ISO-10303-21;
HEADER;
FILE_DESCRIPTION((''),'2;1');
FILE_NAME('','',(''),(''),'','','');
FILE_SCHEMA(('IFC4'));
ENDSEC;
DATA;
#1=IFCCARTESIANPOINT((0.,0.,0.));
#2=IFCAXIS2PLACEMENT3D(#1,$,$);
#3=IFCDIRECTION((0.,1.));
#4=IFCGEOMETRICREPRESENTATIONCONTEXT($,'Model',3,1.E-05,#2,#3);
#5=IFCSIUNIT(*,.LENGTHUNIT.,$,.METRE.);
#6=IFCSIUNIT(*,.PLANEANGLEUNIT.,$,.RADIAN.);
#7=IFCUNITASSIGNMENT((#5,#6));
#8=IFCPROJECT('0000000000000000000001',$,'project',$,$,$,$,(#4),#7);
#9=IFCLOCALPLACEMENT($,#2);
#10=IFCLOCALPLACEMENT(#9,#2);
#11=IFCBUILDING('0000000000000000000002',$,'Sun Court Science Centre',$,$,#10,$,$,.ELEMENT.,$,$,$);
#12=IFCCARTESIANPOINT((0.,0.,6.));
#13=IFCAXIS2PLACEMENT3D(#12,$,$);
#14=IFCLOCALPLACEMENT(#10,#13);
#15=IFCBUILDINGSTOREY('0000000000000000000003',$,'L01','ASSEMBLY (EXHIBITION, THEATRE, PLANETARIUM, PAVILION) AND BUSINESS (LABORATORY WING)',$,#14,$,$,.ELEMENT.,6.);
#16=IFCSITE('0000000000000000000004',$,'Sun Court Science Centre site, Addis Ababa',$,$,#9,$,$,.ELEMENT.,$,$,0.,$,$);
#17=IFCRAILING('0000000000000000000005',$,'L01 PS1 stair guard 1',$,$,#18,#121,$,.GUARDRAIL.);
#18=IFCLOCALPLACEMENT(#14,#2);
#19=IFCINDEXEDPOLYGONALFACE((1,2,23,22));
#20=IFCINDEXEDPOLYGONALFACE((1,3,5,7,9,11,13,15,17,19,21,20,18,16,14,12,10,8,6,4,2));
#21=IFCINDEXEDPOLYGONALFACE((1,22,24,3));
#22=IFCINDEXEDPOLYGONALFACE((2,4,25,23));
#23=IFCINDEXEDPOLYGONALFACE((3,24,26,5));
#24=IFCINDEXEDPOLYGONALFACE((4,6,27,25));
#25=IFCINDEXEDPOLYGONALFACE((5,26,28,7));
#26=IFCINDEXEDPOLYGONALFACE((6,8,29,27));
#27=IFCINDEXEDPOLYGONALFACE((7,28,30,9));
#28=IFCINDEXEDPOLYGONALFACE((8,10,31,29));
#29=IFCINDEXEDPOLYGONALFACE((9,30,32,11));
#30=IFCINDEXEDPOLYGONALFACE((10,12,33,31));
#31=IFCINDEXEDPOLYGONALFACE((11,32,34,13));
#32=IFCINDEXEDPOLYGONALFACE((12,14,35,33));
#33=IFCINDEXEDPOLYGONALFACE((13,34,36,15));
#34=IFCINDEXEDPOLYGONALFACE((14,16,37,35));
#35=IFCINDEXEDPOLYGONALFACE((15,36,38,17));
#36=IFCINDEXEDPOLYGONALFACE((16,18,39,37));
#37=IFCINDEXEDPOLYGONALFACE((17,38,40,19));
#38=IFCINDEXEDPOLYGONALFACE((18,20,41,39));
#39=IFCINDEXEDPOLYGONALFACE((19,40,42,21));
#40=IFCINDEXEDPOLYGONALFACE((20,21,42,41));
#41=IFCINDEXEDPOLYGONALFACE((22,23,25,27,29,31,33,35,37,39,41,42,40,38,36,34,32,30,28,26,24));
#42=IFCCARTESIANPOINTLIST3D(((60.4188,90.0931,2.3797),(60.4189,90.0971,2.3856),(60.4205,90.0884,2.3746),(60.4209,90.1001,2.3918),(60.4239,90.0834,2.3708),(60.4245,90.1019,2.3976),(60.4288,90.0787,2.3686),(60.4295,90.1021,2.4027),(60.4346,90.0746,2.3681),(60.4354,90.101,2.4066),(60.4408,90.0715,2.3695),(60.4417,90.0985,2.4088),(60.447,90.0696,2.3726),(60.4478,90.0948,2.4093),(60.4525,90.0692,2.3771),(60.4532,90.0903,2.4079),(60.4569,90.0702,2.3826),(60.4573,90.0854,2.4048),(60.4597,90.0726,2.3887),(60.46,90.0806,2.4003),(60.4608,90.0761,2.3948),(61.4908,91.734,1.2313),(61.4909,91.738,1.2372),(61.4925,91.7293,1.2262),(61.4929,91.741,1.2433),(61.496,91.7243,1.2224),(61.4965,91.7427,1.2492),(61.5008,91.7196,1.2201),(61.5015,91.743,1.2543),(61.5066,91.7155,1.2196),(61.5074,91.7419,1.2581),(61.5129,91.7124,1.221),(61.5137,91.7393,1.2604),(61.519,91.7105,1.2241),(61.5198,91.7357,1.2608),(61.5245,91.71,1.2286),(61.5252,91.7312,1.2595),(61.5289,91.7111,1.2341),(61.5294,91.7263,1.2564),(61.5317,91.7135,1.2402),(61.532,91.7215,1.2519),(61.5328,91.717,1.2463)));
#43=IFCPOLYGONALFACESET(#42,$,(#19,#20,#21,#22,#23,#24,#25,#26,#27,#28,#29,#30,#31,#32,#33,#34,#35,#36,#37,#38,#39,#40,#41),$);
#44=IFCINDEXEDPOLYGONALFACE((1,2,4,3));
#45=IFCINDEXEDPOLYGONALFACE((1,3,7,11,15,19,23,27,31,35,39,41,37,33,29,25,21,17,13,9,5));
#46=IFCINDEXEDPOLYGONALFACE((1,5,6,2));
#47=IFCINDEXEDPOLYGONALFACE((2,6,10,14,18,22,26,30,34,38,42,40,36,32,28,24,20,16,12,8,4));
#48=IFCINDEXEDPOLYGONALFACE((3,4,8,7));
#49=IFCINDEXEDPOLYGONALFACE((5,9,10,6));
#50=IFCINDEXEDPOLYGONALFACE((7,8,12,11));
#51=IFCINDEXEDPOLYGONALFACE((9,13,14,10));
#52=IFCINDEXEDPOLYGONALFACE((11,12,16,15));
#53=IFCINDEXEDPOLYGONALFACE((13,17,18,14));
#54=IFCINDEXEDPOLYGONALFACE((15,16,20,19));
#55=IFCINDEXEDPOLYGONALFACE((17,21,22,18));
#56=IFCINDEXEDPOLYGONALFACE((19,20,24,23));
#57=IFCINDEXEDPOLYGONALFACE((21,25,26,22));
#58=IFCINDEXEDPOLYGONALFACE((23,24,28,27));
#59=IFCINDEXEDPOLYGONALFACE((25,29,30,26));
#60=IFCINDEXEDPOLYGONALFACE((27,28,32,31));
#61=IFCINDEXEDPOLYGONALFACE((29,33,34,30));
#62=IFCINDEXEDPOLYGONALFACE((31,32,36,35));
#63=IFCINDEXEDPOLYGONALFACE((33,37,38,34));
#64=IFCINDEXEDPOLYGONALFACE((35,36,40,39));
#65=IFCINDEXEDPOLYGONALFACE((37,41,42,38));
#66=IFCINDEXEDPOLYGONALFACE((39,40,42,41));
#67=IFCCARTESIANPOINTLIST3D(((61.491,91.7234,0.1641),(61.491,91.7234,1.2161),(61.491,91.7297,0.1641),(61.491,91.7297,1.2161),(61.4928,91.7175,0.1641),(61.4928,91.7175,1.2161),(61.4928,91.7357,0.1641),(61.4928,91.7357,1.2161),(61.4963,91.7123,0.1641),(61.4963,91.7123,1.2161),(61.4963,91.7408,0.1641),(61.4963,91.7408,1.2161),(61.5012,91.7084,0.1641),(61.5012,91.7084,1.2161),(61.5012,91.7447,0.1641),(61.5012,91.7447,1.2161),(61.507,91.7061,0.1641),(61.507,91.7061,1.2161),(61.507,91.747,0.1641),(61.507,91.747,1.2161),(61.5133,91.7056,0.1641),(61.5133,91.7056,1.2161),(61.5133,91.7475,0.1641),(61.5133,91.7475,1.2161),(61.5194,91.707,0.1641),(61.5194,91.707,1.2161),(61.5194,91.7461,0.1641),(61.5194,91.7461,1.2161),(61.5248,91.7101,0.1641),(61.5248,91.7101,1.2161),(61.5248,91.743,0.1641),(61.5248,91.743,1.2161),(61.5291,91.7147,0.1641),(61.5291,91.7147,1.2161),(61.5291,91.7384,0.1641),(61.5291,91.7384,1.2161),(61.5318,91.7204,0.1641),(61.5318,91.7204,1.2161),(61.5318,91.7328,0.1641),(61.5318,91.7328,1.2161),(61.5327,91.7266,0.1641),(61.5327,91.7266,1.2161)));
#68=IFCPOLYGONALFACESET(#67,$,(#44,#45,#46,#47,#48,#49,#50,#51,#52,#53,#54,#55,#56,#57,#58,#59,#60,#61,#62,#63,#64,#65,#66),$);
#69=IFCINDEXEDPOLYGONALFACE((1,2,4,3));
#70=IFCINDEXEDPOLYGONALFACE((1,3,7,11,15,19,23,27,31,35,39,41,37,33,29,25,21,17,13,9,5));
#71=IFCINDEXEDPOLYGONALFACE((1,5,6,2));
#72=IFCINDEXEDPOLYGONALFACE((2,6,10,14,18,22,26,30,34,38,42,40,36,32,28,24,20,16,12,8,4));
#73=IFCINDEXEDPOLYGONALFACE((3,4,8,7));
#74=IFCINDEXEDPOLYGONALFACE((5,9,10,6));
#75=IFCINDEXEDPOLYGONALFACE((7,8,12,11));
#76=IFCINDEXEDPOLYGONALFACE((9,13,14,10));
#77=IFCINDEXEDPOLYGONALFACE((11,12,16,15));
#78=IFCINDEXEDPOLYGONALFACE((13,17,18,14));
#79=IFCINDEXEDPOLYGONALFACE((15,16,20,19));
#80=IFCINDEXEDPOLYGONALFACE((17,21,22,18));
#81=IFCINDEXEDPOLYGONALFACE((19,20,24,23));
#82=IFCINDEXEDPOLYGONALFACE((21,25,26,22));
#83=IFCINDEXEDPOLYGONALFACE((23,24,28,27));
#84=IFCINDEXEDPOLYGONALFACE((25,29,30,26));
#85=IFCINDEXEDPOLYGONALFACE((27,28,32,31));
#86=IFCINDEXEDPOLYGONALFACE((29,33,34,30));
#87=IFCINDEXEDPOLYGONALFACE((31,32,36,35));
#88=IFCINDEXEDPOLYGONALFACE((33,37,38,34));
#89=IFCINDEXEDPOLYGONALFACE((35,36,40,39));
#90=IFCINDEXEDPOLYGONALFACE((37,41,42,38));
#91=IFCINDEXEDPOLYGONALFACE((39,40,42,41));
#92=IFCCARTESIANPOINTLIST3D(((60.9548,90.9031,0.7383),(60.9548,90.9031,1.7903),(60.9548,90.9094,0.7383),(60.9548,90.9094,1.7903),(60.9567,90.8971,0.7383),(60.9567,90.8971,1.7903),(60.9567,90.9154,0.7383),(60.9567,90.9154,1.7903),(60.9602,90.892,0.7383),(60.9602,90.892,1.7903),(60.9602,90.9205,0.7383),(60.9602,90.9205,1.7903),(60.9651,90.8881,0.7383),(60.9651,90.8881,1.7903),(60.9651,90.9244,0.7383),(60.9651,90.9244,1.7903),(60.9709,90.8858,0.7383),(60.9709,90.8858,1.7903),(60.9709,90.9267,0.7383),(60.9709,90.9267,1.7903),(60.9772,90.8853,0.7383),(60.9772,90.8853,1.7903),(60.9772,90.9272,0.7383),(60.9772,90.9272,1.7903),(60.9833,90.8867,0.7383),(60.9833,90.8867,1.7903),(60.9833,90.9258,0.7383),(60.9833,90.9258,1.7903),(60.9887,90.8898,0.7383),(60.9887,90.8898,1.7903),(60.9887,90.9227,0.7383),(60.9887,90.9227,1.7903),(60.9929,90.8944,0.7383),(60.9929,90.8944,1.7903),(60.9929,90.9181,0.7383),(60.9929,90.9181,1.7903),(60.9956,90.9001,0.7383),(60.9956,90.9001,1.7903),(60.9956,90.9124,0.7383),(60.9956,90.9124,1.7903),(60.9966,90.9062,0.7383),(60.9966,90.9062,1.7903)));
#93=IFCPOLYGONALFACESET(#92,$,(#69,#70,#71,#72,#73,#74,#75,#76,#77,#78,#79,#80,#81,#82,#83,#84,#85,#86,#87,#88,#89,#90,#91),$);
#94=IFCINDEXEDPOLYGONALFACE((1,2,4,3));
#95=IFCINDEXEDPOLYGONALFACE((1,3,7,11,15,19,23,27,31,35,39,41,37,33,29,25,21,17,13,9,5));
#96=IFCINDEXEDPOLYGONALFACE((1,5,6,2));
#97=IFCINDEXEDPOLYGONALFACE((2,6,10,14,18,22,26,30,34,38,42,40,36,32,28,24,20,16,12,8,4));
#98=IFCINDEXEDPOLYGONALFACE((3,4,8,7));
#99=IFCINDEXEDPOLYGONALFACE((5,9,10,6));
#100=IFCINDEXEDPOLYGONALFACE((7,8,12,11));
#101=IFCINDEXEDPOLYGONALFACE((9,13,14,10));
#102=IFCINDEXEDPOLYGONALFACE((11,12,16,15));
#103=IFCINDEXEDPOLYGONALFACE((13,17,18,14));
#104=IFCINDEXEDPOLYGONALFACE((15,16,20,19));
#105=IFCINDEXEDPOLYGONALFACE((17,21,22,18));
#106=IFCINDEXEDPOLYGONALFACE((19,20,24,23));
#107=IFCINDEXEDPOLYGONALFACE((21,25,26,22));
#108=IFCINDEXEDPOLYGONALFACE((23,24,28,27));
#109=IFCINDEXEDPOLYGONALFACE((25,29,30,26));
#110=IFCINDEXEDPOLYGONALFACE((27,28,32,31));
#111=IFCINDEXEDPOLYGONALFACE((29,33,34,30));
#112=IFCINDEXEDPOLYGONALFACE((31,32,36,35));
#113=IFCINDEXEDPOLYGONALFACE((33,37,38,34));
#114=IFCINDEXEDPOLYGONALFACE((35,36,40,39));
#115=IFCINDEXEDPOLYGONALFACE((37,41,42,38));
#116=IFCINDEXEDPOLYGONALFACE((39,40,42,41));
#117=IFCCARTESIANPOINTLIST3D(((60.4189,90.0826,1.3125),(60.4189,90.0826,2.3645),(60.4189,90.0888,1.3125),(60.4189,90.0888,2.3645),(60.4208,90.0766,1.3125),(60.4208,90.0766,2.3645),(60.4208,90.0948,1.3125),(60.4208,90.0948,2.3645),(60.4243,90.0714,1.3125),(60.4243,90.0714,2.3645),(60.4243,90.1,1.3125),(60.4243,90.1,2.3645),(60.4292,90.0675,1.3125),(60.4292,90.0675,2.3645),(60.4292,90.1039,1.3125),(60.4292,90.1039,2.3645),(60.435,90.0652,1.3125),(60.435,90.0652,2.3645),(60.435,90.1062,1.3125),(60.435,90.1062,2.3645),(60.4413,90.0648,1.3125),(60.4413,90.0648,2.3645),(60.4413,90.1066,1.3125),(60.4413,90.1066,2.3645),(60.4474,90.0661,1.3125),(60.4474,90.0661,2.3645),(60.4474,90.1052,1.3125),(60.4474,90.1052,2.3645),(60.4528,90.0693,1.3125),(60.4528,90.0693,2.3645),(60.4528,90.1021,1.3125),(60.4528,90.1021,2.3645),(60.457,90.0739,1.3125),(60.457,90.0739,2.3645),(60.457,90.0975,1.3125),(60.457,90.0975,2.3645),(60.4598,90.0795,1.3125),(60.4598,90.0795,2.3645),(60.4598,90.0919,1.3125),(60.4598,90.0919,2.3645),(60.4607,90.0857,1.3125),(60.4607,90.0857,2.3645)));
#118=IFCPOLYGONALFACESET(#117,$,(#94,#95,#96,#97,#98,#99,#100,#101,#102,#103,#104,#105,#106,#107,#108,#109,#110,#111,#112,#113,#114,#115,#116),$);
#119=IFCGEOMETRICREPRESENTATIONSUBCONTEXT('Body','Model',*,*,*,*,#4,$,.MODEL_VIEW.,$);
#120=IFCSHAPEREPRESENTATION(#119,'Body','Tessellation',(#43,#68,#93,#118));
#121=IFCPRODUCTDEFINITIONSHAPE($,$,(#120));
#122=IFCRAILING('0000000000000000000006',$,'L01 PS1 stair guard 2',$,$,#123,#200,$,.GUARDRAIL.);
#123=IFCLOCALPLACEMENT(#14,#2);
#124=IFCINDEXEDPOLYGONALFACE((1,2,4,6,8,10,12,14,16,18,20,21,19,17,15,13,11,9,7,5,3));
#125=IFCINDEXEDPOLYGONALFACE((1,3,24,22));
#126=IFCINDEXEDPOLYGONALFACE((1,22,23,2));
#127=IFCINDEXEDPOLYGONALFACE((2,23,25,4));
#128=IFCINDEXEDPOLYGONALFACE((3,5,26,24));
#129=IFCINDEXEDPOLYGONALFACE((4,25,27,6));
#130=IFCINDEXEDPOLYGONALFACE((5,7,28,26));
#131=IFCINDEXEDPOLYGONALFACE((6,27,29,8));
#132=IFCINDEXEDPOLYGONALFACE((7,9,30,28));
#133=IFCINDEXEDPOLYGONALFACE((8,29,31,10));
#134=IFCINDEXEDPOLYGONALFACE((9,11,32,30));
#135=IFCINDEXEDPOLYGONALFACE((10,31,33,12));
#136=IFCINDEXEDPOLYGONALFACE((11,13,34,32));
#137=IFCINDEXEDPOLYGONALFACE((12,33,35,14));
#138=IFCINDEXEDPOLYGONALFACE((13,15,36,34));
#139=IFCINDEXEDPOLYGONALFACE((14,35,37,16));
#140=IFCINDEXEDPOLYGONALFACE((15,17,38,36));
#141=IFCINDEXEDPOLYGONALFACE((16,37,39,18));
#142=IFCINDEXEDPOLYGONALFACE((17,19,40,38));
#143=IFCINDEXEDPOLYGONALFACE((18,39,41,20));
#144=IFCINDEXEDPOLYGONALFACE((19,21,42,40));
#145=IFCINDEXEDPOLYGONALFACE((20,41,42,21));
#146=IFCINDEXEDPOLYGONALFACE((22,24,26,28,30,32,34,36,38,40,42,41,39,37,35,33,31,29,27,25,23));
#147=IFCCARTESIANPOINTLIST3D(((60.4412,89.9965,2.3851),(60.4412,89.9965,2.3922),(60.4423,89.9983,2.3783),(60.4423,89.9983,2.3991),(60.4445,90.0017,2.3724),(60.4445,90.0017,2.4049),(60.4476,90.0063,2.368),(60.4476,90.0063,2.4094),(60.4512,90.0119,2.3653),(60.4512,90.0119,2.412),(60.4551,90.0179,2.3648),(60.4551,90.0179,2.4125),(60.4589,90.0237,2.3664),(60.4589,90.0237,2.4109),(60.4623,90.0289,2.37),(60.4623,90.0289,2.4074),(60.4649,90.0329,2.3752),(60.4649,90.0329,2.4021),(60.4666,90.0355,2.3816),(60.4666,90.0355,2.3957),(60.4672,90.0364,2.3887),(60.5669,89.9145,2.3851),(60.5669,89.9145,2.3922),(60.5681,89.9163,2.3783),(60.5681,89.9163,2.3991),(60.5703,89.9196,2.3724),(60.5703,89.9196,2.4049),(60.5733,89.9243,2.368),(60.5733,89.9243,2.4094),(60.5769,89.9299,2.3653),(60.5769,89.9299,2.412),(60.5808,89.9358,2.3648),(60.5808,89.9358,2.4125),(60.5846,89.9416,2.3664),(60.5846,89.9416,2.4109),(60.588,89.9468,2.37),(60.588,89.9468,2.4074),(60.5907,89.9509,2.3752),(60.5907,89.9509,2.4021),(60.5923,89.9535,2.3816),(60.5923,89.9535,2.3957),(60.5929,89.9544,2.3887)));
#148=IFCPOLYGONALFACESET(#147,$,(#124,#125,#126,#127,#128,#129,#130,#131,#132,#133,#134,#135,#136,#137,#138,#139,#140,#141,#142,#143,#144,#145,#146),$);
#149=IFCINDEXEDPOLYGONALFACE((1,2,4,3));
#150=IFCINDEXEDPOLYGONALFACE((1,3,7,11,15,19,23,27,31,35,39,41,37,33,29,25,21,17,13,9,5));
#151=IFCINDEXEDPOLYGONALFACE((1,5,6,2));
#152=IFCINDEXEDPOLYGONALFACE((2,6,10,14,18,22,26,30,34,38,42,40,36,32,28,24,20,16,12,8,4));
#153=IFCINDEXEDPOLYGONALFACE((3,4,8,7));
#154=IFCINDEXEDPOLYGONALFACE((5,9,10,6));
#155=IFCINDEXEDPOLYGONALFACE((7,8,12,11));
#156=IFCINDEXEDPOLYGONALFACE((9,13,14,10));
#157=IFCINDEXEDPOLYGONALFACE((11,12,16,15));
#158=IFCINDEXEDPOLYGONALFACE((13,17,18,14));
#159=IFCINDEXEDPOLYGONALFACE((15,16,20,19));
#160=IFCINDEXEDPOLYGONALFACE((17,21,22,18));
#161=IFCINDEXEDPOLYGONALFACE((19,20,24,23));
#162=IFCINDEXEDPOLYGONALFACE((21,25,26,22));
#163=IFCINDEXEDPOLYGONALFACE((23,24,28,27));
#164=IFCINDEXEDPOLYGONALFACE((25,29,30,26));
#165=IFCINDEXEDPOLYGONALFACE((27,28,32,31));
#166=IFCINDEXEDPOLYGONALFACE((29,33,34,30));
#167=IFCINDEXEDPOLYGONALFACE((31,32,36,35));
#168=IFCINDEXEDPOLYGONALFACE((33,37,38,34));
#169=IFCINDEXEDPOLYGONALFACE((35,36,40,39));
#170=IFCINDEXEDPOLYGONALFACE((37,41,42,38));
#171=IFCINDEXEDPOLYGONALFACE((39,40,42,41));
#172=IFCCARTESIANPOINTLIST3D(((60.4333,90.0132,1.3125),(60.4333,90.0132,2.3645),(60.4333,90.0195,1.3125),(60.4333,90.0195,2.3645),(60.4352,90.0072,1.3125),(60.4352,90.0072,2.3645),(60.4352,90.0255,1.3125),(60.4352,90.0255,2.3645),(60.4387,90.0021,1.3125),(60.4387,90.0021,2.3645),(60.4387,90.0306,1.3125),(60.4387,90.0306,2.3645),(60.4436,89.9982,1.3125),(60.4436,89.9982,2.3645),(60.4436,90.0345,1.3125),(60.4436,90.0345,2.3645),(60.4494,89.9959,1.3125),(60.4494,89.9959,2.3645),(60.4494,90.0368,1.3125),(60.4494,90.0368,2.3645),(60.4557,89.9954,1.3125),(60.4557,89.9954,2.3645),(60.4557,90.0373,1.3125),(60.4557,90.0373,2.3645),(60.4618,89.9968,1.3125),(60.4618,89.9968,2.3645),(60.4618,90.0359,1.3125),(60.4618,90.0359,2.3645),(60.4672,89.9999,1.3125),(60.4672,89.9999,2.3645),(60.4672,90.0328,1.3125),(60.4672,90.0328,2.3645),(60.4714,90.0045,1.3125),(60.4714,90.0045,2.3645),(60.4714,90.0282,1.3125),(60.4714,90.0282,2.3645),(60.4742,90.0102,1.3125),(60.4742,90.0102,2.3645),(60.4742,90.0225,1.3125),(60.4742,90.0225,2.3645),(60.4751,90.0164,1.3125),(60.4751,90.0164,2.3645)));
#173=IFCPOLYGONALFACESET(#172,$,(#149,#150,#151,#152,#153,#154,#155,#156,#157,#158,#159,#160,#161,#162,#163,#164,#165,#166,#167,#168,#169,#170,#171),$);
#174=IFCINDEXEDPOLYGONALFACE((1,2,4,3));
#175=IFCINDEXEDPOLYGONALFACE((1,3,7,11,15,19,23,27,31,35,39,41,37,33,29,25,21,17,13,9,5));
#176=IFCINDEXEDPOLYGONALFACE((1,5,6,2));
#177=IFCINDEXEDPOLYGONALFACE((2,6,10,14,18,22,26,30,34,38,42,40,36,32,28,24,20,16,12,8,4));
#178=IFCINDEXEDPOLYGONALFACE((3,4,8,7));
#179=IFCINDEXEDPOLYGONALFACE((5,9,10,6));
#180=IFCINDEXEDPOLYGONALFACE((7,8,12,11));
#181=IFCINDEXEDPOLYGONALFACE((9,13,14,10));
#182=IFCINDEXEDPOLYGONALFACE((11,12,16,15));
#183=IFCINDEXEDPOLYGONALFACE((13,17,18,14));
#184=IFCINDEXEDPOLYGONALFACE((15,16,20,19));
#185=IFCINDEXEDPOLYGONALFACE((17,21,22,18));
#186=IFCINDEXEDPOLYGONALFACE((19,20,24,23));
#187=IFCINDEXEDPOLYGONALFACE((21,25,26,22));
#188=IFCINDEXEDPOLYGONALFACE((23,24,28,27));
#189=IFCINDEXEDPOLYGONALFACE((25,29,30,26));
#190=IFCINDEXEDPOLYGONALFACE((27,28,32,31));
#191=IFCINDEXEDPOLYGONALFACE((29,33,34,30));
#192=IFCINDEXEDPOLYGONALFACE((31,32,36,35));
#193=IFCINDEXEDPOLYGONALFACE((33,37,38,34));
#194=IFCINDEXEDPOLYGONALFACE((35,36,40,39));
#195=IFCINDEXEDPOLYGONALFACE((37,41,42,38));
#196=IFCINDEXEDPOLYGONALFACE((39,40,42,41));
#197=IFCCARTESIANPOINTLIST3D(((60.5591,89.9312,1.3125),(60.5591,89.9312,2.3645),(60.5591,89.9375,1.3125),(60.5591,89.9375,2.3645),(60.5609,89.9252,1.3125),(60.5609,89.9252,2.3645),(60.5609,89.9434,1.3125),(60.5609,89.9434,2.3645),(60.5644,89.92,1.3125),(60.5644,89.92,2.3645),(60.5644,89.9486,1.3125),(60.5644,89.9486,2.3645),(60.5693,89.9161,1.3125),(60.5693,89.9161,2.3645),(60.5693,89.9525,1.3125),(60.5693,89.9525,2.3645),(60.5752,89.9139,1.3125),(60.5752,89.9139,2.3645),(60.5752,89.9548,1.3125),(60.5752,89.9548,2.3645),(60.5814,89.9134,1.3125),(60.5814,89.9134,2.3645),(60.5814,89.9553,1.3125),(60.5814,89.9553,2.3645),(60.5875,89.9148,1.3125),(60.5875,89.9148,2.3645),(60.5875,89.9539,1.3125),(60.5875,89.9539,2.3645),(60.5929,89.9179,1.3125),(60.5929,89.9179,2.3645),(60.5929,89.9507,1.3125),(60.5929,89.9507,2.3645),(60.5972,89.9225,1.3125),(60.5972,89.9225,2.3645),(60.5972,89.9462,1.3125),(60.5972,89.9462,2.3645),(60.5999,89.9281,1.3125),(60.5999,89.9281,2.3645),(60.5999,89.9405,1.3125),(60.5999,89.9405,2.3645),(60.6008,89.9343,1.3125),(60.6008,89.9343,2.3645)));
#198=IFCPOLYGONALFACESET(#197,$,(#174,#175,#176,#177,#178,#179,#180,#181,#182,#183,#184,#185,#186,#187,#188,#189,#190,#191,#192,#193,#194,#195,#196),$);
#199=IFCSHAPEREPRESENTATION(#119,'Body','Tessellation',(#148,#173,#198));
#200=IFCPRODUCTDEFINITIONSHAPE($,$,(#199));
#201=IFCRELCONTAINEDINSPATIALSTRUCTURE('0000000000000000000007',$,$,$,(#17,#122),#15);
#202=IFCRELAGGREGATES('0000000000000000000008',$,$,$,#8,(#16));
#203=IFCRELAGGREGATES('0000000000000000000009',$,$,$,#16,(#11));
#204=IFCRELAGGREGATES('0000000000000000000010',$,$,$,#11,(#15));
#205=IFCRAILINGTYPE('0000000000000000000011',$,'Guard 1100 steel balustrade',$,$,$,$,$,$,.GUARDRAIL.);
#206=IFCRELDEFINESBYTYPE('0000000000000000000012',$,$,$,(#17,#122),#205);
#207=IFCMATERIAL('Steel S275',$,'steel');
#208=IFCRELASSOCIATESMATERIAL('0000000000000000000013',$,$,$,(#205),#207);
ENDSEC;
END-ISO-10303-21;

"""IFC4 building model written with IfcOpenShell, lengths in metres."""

from ifc_helpers import new_model, si_unit, direction, frame, origin, origin_2d, place, context, subcontext, project, spatial, circle, extrude, material, type_object, element, save


model = new_model("IFC4")

# Units and contexts
model_context = context("Model", 3, precision=1e-05, world=origin(), true_north=direction((0.0, 1.0)))
body_context = subcontext(model_context, "Body", "Model", "MODEL_VIEW")
ifc_project = project(units=[si_unit("LENGTHUNIT", "METRE"), si_unit("PLANEANGLEUNIT", "RADIAN")], contexts=[model_context])

# Site, building, storey
site_placement = place(None, origin())
site = spatial("IfcSite", under=ifc_project, at=site_placement, Name="Sun Court Science Centre site, Addis Ababa", CompositionType="ELEMENT", RefElevation=0.0)
building_placement = place(site_placement, origin())
building = spatial("IfcBuilding", under=site, at=building_placement, Name="Sun Court Science Centre", CompositionType="ELEMENT")
storey_placement = place(building_placement, frame((0.0, 0.0, 6.0)))
storey = spatial("IfcBuildingStorey", under=building, at=storey_placement, Name="L01", Description="ASSEMBLY (EXHIBITION, THEATRE, PLANETARIUM, PAVILION) AND BUSINESS (LABORATORY WING)", CompositionType="ELEMENT", Elevation=6.0)

# Railings
ifc_material_1 = material(Name="Steel S275", Category="steel")
railing_type_1 = type_object("IfcRailingType", Name="Guard 1100 steel balustrade", PredefinedType="GUARDRAIL", material=ifc_material_1)
railing_1_placement = place(storey_placement, frame((61.5117, 91.7266, 0.1641)))
element("IfcRailing", 1, at=railing_1_placement, inside=storey, type_object=railing_type_1, Name="L01 PS1 stair guard 1", PredefinedType="GUARDRAIL", context=body_context, shape_type="SweptSolid", body=[
    extrude(circle(Radius=0.0239, at=origin_2d()), frame((0.0, 0.0, 1.0762), z_axis=(-0.471904, -0.722311, 0.505543), x_axis=(0.837169, -0.546944, 0.0)), (0.0, 0.0, 1.0), 2.2717),
    extrude(circle(Radius=0.021, at=origin_2d()), origin(), (0.0, 0.0, 1.0), 1.052),
    extrude(circle(Radius=0.021, at=origin_2d()), frame((-0.5361, -0.8203, 0.5742)), (0.0, 0.0, 1.0), 1.052),
    extrude(circle(Radius=0.021, at=origin_2d()), frame((-1.072, -1.6409, 1.1484)), (0.0, 0.0, 1.0), 1.052),
])
railing_2_placement = place(storey_placement, frame((60.4541, 90.0164, 1.3125)))
element("IfcRailing", 2, at=railing_2_placement, inside=storey, type_object=railing_type_1, Name="L01 PS1 stair guard 2", PredefinedType="GUARDRAIL", context=body_context, shape_type="SweptSolid", body=[
    extrude(circle(Radius=0.0239, at=origin_2d()), frame((0.0, 0.0, 1.0762), z_axis=(0.837514, -0.546417, 0.0), x_axis=(0.546417, 0.837514, 0.0)), (0.0, 0.0, 1.0), 0.1501),
    extrude(circle(Radius=0.021, at=origin_2d()), origin(), (0.0, 0.0, 1.0), 1.052),
    extrude(circle(Radius=0.021, at=origin_2d()), frame((0.1257, -0.082, 0.0)), (0.0, 0.0, 1.0), 1.052),
])

save(model, "model.ifc")
